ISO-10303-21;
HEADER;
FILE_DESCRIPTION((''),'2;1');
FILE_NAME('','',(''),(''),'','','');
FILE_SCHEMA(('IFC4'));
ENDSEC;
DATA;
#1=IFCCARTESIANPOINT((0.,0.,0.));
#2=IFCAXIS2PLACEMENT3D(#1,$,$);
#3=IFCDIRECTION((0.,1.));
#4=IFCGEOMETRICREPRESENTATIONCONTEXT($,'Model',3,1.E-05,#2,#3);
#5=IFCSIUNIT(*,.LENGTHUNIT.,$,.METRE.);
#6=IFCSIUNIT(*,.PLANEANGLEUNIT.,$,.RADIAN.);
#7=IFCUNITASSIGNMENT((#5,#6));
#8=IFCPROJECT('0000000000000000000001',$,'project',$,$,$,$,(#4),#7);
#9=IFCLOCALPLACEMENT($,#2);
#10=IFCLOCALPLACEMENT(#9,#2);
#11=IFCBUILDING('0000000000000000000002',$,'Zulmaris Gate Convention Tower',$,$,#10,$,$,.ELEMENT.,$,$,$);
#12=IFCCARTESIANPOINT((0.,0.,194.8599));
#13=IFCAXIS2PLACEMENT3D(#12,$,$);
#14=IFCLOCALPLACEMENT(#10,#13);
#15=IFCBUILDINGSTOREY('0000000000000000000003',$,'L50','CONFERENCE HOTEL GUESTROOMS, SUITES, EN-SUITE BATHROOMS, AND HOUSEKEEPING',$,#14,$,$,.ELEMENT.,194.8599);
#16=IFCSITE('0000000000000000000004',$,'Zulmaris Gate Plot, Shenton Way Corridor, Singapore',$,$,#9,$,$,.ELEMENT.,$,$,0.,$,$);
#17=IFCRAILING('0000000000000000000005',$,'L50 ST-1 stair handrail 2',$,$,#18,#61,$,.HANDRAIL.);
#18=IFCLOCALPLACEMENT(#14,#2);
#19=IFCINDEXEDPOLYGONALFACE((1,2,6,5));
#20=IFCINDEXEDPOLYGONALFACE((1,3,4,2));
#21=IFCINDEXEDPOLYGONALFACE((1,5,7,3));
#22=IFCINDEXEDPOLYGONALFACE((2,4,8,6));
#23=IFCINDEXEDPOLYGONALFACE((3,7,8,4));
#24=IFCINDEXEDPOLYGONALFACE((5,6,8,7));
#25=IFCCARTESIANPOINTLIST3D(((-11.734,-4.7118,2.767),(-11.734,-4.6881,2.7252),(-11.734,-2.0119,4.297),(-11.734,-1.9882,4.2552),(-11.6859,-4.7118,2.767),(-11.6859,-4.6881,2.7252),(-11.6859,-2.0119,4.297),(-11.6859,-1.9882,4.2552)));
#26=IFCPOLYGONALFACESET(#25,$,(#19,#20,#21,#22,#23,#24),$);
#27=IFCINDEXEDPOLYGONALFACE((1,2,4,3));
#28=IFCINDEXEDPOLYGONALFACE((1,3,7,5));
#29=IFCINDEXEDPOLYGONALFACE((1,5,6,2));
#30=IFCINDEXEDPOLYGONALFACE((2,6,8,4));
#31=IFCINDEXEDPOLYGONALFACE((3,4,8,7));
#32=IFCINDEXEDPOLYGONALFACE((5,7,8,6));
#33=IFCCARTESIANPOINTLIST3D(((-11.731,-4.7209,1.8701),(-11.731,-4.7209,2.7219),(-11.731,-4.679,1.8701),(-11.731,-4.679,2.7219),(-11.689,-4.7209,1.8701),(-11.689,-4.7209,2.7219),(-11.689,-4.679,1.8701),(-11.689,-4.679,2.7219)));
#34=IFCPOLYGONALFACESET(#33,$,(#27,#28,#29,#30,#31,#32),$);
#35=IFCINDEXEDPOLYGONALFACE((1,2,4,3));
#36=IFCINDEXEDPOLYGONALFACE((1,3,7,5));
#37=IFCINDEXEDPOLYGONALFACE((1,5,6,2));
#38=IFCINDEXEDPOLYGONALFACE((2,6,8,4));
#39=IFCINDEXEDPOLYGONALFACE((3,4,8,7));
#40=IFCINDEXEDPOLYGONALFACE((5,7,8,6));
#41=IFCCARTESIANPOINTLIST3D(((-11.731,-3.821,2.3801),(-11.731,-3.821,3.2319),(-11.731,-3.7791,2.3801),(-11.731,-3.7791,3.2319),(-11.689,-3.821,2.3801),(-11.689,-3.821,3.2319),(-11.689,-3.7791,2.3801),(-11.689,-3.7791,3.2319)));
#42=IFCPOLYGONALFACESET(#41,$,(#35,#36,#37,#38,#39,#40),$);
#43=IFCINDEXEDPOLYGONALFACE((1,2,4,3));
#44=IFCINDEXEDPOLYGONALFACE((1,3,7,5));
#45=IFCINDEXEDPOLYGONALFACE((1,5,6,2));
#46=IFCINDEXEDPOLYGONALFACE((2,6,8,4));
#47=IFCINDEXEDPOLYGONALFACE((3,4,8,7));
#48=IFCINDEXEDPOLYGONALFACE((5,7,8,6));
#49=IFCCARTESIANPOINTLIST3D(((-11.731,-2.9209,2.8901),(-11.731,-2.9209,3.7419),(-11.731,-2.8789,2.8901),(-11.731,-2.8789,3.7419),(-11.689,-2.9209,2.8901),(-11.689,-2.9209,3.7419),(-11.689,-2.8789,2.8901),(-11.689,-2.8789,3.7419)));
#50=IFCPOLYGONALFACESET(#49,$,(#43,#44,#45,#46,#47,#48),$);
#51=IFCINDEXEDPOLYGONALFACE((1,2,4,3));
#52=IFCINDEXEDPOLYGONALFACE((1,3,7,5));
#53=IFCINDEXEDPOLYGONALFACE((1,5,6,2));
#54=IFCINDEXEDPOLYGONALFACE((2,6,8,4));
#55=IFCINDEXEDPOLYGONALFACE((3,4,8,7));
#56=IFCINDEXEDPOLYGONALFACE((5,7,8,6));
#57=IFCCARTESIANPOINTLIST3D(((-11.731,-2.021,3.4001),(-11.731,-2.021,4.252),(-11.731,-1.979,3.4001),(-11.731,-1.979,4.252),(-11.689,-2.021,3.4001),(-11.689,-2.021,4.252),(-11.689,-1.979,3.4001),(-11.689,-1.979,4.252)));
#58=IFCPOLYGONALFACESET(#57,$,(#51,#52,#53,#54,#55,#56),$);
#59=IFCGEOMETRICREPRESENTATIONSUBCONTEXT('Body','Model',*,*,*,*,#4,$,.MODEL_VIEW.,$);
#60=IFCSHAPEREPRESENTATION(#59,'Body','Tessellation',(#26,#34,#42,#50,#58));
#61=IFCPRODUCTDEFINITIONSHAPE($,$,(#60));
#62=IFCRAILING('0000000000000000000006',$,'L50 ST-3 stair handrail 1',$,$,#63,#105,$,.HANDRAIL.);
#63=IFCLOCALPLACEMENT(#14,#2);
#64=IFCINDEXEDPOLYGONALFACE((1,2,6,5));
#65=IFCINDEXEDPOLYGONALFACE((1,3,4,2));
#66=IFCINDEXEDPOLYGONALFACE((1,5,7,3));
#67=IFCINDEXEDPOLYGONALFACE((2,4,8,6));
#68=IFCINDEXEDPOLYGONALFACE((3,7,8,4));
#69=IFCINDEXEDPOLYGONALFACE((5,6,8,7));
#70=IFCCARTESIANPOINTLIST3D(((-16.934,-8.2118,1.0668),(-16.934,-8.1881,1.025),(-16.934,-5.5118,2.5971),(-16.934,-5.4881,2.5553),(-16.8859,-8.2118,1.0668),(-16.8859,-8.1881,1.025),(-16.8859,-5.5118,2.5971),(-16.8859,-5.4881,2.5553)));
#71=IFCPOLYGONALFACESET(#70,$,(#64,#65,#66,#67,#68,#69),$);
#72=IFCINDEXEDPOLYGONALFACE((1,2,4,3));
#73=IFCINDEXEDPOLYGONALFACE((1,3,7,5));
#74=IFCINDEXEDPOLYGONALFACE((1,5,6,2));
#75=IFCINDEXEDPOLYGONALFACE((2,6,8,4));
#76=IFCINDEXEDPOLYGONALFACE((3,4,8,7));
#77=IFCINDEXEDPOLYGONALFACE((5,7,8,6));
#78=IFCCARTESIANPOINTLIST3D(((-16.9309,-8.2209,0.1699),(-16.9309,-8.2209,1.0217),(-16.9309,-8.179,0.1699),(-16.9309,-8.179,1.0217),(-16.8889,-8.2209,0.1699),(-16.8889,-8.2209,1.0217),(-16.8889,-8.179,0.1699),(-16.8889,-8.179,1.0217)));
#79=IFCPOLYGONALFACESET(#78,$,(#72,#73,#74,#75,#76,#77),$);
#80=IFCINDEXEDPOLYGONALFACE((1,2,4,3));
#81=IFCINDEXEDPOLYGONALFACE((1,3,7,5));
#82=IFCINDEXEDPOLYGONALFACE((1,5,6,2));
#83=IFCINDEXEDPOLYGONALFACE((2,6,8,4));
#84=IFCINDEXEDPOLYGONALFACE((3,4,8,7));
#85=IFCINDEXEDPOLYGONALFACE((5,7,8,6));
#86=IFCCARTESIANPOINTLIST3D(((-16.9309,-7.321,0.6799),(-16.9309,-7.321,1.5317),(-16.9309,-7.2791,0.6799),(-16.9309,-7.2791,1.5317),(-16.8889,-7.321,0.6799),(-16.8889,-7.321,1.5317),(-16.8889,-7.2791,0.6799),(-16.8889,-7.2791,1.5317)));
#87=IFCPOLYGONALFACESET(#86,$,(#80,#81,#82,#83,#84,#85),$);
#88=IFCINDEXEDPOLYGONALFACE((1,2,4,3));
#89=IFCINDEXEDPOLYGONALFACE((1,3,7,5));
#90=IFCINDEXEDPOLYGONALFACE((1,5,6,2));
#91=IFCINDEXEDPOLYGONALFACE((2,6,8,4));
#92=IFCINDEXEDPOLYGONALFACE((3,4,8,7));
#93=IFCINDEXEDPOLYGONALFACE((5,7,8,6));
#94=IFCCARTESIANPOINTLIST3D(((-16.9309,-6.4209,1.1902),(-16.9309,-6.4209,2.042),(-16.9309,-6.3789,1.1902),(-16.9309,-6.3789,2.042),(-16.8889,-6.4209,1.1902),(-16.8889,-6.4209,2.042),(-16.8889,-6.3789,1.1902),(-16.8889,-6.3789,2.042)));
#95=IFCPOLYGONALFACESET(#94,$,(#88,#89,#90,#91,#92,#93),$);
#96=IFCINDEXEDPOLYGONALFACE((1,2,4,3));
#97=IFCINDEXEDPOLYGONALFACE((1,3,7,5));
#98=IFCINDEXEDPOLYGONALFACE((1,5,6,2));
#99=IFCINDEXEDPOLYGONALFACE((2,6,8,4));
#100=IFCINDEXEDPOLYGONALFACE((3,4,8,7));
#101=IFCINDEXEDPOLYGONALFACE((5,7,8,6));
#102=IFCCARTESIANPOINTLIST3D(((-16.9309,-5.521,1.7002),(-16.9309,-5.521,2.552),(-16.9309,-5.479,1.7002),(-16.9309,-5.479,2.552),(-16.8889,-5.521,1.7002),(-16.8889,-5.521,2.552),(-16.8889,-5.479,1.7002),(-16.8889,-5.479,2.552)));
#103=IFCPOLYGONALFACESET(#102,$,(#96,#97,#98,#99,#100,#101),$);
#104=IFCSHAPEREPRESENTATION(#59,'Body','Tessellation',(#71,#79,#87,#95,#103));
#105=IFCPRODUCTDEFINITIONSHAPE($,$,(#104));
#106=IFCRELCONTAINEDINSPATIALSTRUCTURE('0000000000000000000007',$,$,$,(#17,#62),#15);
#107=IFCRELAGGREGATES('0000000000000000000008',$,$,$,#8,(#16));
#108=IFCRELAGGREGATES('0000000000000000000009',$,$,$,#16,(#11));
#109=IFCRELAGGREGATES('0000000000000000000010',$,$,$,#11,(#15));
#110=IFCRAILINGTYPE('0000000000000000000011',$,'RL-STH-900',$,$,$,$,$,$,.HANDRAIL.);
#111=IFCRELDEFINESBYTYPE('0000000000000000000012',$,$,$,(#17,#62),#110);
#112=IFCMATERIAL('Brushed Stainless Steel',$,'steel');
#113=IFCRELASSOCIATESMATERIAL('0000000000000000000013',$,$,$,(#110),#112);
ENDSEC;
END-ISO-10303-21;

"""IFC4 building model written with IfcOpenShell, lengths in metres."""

from ifc_helpers import new_model, si_unit, direction, frame, origin, origin_2d, place, context, subcontext, project, spatial, rectangle, extrude, material, type_object, element, save


model = new_model("IFC4")

# Units and contexts
model_context = context("Model", 3, precision=1e-05, world=origin(), true_north=direction((0.0, 1.0)))
body_context = subcontext(model_context, "Body", "Model", "MODEL_VIEW")
ifc_project = project(units=[si_unit("LENGTHUNIT", "METRE"), si_unit("PLANEANGLEUNIT", "RADIAN")], contexts=[model_context])

# Site, building, storey
site_placement = place(None, origin())
site = spatial("IfcSite", under=ifc_project, at=site_placement, Name="Zulmaris Gate Plot, Shenton Way Corridor, Singapore", CompositionType="ELEMENT", RefElevation=0.0)
building_placement = place(site_placement, origin())
building = spatial("IfcBuilding", under=site, at=building_placement, Name="Zulmaris Gate Convention Tower", CompositionType="ELEMENT")
storey_placement = place(building_placement, frame((0.0, 0.0, 194.8599)))
storey = spatial("IfcBuildingStorey", under=building, at=storey_placement, Name="L50", Description="CONFERENCE HOTEL GUESTROOMS, SUITES, EN-SUITE BATHROOMS, AND HOUSEKEEPING", CompositionType="ELEMENT", Elevation=194.8599)

# Shared definitions
ifc_material_1 = material(Name="Brushed Stainless Steel", Category="steel")

# Railings
railing_type_1 = type_object("IfcRailingType", Name="RL-STH-900", PredefinedType="HANDRAIL", material=ifc_material_1)
railing_1_placement = place(storey_placement, frame((-11.71, -4.7, 1.8701)))
element("IfcRailing", 1, at=railing_1_placement, inside=storey, type_object=railing_type_1, Name="L50 ST-1 stair handrail 2", PredefinedType="HANDRAIL", context=body_context, shape_type="SweptSolid", body=[
    extrude(rectangle(XDim=0.0481, YDim=0.0481, at=origin_2d()), frame((0.0, 0.0, 0.876), z_axis=(0.0, 0.870014, 0.493026), x_axis=(-1.0, 0.0, 0.0)), (0.0, 0.0, 1.0), 3.1033),
    extrude(rectangle(XDim=0.042, YDim=0.042, at=origin_2d()), origin(), (0.0, 0.0, 1.0), 0.8518),
    extrude(rectangle(XDim=0.042, YDim=0.042, at=origin_2d()), frame((0.0, 0.8999, 0.51)), (0.0, 0.0, 1.0), 0.8518),
    extrude(rectangle(XDim=0.042, YDim=0.042, at=origin_2d()), frame((0.0, 1.8, 1.02)), (0.0, 0.0, 1.0), 0.8518),
    extrude(rectangle(XDim=0.042, YDim=0.042, at=origin_2d()), frame((0.0, 2.7, 1.53)), (0.0, 0.0, 1.0), 0.8518),
])
railing_2_placement = place(storey_placement, frame((-16.9099, -8.2, 0.1699)))
element("IfcRailing", 2, at=railing_2_placement, inside=storey, type_object=railing_type_1, Name="L50 ST-3 stair handrail 1", PredefinedType="HANDRAIL", context=body_context, shape_type="SweptSolid", body=[
    extrude(rectangle(XDim=0.0481, YDim=0.0481, at=origin_2d()), frame((0.0, 0.0, 0.876), z_axis=(0.0, 0.869981, 0.493086), x_axis=(-1.0, 0.0, 0.0)), (0.0, 0.0, 1.0), 3.1035),
    extrude(rectangle(XDim=0.042, YDim=0.042, at=origin_2d()), origin(), (0.0, 0.0, 1.0), 0.8518),
    extrude(rectangle(XDim=0.042, YDim=0.042, at=origin_2d()), frame((0.0, 0.8999, 0.51)), (0.0, 0.0, 1.0), 0.8518),
    extrude(rectangle(XDim=0.042, YDim=0.042, at=origin_2d()), frame((0.0, 1.8, 1.0203)), (0.0, 0.0, 1.0), 0.8518),
    extrude(rectangle(XDim=0.042, YDim=0.042, at=origin_2d()), frame((0.0, 2.7, 1.5303)), (0.0, 0.0, 1.0), 0.8518),
])

save(model, "model.ifc")
